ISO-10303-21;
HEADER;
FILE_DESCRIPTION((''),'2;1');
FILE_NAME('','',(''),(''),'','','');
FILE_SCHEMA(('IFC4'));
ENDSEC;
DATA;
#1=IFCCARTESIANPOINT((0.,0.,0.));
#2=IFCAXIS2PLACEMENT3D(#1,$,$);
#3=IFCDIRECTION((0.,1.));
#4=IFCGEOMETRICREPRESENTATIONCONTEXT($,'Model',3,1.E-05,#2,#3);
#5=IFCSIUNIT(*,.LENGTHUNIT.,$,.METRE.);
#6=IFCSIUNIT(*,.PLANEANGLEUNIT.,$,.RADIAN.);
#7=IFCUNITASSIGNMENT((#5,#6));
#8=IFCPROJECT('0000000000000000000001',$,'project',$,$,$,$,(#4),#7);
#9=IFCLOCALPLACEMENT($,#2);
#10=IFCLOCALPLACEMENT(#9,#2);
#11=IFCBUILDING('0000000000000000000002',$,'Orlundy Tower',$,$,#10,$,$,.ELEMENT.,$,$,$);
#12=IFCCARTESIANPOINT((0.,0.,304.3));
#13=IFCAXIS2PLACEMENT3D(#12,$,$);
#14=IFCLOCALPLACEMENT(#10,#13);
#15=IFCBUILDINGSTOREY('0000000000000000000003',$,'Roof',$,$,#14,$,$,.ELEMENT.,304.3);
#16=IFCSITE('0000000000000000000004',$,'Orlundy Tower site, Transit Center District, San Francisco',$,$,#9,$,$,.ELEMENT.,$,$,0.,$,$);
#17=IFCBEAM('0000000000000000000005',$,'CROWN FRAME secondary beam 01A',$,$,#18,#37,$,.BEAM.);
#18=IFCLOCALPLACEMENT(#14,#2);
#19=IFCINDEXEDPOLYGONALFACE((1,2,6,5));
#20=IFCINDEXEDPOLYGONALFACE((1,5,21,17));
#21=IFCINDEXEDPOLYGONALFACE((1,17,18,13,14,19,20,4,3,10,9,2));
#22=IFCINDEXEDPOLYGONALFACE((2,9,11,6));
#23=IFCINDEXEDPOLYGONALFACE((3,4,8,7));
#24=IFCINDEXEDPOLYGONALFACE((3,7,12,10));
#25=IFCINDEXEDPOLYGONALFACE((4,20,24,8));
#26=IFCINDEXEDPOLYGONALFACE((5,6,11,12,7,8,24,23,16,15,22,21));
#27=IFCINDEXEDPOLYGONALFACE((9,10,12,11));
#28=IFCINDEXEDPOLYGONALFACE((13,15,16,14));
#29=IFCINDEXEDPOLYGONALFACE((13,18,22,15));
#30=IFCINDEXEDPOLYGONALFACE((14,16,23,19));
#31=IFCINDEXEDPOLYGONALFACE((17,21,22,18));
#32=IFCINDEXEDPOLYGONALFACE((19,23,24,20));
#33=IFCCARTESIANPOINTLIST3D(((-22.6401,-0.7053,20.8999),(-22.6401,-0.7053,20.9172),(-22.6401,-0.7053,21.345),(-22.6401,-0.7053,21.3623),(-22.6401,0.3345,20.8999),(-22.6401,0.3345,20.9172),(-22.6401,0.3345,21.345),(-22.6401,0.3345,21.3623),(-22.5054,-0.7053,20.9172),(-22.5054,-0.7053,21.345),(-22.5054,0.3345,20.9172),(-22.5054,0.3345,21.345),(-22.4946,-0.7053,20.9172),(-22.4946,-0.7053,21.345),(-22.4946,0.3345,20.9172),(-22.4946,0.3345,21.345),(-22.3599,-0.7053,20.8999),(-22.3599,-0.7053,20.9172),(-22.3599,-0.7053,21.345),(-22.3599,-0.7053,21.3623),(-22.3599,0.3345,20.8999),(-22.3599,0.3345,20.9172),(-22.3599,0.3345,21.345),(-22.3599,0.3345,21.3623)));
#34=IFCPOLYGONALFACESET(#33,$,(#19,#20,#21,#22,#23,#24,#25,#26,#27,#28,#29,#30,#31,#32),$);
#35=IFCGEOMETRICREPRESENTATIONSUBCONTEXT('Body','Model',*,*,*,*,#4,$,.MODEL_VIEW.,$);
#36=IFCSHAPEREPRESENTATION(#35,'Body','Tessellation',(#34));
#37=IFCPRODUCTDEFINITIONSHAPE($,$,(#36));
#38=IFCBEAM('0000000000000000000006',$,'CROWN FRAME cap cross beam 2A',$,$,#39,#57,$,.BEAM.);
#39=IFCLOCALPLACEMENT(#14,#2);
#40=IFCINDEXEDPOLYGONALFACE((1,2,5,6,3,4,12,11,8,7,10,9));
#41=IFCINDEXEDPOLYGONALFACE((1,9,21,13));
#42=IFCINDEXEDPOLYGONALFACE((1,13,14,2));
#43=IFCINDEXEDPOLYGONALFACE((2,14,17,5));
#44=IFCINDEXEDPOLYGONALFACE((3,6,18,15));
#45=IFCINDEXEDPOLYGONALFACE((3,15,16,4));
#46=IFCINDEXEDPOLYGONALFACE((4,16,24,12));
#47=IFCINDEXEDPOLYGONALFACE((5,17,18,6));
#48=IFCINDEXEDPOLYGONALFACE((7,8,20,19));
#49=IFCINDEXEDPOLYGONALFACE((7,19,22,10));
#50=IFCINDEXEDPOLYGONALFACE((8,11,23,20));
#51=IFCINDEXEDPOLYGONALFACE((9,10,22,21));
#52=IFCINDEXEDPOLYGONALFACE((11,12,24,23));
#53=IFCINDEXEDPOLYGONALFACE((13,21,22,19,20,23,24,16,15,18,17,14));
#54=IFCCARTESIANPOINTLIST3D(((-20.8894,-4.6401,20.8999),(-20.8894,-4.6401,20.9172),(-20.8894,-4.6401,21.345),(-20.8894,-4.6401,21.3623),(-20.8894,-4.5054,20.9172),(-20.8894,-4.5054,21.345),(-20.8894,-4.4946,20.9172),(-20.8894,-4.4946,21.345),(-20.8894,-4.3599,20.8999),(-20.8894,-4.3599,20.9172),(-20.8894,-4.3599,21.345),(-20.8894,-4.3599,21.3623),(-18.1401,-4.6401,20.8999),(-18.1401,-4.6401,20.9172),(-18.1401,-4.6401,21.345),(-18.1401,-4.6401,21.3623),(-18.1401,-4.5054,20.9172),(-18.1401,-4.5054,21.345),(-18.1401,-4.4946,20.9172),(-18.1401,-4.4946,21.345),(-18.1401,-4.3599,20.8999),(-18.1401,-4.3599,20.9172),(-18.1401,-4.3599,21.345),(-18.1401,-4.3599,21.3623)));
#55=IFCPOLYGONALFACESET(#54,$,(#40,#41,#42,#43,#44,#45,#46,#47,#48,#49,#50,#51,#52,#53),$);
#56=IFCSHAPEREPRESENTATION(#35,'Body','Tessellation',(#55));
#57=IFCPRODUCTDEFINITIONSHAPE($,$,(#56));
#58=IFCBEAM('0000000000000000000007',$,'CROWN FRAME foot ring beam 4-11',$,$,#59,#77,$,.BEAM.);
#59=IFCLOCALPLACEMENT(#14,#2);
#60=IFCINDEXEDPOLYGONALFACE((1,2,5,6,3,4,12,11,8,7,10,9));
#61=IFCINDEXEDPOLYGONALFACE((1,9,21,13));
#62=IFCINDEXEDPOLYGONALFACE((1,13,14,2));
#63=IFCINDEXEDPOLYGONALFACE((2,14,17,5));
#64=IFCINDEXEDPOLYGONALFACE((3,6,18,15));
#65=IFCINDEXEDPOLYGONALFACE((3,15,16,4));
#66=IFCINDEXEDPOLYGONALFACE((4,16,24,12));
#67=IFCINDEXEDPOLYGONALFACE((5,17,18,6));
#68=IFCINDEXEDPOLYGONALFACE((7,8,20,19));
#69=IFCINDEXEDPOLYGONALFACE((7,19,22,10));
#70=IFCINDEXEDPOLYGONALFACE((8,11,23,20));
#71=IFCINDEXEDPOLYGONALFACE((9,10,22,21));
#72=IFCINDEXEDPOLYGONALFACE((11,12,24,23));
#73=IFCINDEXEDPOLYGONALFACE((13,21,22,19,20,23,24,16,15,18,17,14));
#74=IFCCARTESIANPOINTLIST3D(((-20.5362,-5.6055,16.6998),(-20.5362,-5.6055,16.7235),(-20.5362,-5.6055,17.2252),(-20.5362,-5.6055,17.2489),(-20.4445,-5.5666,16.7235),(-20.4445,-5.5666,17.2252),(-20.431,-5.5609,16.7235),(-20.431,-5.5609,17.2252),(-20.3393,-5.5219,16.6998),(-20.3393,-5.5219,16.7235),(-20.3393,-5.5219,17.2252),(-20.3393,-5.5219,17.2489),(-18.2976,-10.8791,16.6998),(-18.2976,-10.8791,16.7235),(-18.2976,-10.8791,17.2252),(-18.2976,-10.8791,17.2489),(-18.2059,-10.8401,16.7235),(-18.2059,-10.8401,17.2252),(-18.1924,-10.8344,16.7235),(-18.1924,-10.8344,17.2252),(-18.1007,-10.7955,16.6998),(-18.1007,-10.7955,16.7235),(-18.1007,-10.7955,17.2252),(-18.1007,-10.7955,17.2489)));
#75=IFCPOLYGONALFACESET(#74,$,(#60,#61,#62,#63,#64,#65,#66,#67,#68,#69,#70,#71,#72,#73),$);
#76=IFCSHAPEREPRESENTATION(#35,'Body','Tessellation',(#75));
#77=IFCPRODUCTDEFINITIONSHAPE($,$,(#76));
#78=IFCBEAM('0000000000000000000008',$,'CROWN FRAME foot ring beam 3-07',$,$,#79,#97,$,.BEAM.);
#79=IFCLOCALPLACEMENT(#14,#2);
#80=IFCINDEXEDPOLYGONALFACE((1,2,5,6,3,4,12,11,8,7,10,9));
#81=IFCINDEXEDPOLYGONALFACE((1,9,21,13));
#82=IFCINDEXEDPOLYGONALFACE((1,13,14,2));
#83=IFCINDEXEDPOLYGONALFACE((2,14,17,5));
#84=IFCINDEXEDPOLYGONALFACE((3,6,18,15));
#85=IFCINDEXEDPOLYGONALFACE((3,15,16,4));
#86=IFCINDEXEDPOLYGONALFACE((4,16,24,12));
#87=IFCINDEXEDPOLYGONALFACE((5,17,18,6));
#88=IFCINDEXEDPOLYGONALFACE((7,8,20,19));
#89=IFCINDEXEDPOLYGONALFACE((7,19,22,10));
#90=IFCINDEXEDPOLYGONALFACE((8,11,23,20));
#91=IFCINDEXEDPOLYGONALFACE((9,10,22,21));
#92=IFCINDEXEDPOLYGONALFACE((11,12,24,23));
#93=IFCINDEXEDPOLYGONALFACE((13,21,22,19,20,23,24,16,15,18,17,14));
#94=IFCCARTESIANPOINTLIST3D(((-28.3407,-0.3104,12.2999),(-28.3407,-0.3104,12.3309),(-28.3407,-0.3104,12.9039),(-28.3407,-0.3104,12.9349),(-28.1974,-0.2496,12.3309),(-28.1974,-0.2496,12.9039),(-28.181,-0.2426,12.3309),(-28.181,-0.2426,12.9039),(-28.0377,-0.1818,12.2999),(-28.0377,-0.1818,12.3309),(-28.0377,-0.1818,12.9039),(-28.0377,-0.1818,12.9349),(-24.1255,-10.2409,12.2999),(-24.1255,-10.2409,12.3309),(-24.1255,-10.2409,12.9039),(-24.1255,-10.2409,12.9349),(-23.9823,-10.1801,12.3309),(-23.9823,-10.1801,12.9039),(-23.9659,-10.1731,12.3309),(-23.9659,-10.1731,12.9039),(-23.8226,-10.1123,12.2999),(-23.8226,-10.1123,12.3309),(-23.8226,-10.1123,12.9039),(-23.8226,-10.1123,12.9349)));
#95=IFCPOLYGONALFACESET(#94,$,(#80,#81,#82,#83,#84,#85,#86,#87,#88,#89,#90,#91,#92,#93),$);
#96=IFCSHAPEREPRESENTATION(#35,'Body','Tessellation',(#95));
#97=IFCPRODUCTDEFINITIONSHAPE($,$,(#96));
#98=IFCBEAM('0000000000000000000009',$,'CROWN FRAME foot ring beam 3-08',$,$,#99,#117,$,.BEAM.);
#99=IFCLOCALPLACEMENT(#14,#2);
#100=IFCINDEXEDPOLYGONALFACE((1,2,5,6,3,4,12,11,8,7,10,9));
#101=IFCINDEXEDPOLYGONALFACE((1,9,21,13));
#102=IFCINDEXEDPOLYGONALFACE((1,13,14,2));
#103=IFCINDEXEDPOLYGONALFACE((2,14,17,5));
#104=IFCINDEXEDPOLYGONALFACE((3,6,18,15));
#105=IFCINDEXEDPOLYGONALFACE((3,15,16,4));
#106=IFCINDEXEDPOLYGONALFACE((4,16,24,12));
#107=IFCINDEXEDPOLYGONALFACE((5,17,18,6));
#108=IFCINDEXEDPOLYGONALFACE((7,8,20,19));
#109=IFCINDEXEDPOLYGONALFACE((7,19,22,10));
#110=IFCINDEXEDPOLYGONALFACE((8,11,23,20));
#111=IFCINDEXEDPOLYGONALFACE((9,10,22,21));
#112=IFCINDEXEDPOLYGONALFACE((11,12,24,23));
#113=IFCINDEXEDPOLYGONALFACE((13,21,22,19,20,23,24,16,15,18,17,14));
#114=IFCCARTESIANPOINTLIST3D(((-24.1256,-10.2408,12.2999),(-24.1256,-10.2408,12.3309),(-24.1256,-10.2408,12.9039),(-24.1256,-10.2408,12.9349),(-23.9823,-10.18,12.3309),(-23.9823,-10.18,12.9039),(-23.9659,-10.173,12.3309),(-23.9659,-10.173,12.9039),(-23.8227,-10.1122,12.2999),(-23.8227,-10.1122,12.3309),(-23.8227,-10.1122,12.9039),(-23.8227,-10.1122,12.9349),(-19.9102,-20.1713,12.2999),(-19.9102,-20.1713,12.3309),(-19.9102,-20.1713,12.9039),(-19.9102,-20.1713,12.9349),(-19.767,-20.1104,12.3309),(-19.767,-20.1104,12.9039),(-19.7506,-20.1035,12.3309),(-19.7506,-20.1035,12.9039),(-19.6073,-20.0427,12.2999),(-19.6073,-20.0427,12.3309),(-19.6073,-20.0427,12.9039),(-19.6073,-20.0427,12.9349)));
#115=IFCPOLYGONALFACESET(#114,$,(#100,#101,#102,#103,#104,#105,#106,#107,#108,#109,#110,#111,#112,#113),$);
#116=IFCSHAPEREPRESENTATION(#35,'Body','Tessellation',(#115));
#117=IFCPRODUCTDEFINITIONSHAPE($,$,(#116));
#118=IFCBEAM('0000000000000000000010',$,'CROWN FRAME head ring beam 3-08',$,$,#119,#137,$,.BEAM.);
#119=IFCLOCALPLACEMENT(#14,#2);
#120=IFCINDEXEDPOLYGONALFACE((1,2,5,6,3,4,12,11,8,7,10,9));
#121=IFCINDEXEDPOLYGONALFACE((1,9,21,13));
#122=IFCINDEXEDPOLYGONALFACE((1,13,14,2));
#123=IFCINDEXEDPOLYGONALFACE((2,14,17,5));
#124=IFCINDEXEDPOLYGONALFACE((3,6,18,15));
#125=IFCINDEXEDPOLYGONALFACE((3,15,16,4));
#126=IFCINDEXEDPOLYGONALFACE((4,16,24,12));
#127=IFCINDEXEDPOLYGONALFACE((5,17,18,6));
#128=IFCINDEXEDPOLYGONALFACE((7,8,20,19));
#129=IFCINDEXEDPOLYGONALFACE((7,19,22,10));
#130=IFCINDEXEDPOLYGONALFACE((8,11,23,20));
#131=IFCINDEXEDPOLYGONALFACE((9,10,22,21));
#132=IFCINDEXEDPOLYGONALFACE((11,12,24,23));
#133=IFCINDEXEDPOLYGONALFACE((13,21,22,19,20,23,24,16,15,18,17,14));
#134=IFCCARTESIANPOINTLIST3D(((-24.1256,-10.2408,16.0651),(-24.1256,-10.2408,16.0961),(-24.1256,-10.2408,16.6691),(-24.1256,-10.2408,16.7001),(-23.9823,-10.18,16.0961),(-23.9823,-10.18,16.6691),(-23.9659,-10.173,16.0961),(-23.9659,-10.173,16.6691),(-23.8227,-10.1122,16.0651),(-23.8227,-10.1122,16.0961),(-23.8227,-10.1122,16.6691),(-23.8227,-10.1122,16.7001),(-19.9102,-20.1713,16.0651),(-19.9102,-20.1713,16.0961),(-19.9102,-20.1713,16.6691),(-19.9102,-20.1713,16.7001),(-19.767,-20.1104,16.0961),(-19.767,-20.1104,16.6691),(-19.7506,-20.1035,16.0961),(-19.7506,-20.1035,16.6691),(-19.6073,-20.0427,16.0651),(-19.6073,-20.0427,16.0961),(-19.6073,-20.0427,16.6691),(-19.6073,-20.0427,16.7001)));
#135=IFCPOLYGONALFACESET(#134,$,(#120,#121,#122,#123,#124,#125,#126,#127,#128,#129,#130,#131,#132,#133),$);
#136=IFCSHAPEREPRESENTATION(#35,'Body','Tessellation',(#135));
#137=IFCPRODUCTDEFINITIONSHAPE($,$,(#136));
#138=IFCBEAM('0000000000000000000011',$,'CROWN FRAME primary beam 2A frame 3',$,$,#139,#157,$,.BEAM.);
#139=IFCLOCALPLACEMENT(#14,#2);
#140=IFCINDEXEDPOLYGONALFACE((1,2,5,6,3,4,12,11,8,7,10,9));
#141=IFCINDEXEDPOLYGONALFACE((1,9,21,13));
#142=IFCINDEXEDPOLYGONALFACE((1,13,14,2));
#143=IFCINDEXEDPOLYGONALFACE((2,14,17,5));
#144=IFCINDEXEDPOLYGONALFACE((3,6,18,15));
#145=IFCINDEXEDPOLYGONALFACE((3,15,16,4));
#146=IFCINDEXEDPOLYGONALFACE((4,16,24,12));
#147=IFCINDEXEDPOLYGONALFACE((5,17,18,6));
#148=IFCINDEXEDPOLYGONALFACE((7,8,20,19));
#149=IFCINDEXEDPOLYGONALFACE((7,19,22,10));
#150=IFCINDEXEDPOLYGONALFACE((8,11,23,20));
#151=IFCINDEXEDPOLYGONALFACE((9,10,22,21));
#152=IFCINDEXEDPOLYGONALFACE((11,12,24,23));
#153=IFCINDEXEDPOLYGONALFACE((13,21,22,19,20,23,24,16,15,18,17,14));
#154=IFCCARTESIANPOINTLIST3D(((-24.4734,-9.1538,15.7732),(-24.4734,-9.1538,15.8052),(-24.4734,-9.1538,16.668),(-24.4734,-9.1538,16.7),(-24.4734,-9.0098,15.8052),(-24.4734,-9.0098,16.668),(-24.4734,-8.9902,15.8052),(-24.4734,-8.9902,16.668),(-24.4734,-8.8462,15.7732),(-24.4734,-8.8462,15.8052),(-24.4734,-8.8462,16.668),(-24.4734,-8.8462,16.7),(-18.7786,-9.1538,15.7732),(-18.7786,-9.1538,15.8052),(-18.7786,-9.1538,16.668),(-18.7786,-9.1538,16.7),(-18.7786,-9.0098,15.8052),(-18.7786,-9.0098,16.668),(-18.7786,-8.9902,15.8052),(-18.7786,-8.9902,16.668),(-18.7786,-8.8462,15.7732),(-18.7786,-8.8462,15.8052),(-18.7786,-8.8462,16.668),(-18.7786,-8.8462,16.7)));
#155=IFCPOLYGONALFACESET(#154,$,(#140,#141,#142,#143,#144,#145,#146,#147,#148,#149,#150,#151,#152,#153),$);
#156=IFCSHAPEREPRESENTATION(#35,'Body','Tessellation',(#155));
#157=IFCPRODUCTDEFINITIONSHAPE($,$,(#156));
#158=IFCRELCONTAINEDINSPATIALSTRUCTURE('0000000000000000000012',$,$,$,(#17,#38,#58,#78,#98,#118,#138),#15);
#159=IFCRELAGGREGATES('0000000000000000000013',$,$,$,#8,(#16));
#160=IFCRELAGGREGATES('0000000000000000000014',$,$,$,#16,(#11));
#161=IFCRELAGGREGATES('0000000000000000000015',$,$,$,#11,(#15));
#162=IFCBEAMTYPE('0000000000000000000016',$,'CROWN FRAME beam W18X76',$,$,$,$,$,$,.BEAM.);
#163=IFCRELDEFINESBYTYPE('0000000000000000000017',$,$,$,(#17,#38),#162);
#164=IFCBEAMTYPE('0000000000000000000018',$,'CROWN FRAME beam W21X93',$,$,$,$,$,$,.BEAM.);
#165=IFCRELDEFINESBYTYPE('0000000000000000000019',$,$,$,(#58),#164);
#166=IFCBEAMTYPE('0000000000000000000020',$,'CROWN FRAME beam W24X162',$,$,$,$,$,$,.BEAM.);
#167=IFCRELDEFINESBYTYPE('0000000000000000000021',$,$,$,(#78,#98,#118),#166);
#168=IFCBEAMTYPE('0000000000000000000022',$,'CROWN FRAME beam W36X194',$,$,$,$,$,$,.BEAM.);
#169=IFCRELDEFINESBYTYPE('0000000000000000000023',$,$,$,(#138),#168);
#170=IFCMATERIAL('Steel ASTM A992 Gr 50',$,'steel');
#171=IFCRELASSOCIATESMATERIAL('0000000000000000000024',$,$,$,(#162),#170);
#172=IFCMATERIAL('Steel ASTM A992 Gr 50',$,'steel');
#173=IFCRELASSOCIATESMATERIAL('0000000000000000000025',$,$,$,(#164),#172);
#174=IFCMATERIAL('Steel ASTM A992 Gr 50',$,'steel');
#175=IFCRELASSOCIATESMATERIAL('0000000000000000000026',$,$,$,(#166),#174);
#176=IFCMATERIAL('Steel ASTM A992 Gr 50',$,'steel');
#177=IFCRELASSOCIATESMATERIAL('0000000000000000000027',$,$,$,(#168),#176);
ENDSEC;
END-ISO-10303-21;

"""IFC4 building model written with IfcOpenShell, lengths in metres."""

from ifc_helpers import new_model, si_unit, direction, frame, origin, origin_2d, place, context, subcontext, project, spatial, i_section, extrude, material, material_profile, profile_set, type_object, element, save


model = new_model("IFC4")

# Units and contexts
model_context = context("Model", 3, precision=1e-05, world=origin(), true_north=direction((0.0, 1.0)))
body_context = subcontext(model_context, "Body", "Model", "MODEL_VIEW")
ifc_project = project(units=[si_unit("LENGTHUNIT", "METRE"), si_unit("PLANEANGLEUNIT", "RADIAN")], contexts=[model_context])

# Site, building, storey
site_placement = place(None, origin())
site = spatial("IfcSite", under=ifc_project, at=site_placement, Name="Orlundy Tower site, Transit Center District, San Francisco", CompositionType="ELEMENT", RefElevation=0.0)
building_placement = place(site_placement, origin())
building = spatial("IfcBuilding", under=site, at=building_placement, Name="Orlundy Tower", CompositionType="ELEMENT")
storey_placement = place(building_placement, frame((0.0, 0.0, 304.3)))
storey = spatial("IfcBuildingStorey", under=building, at=storey_placement, Name="Roof", CompositionType="ELEMENT", Elevation=304.3)

# Beams
ifc_material_1 = material(Name="Steel ASTM A992 Gr 50", Category="steel")
ifc_material_profile_1 = material_profile(ifc_material_1, i_section(OverallWidth=0.2803, OverallDepth=0.4624, WebThickness=0.0107, FlangeThickness=0.0173, at=origin_2d()), Name="W18X76")
ifc_profile_set_1 = profile_set([ifc_material_profile_1], Name="Steel ASTM A992 Gr 50")
beam_type_1 = type_object("IfcBeamType", Name="CROWN FRAME beam W18X76", PredefinedType="BEAM", material=ifc_profile_set_1)
beam_1_placement = place(storey_placement, frame((-22.5, -0.7053, 21.1311), z_axis=(0.0, 1.0, 0.0), x_axis=(-1.0, 0.0, 0.0)))
element("IfcBeam", 1, at=beam_1_placement, inside=storey, type_object=beam_type_1, Name="CROWN FRAME secondary beam 01A", PredefinedType="BEAM", context=body_context, shape_type="SweptSolid", body=[
    extrude(i_section(OverallWidth=0.2803, OverallDepth=0.4624, WebThickness=0.0107, FlangeThickness=0.0173, at=origin_2d()), origin(), (0.0, 0.0, 1.0), 1.0398),
])
beam_2_placement = place(storey_placement, frame((-20.8894, -4.5, 21.1311), z_axis=(1.0, 0.0, 0.0), x_axis=(0.0, 1.0, 0.0)))
element("IfcBeam", 2, at=beam_2_placement, inside=storey, type_object=beam_type_1, Name="CROWN FRAME cap cross beam 2A", PredefinedType="BEAM", context=body_context, shape_type="SweptSolid", body=[
    extrude(i_section(OverallWidth=0.2803, OverallDepth=0.4624, WebThickness=0.0107, FlangeThickness=0.0173, at=origin_2d()), origin(), (0.0, 0.0, 1.0), 2.7493),
])
ifc_material_2 = material(Name="Steel ASTM A992 Gr 50", Category="steel")
ifc_material_profile_2 = material_profile(ifc_material_2, i_section(OverallWidth=0.2139, OverallDepth=0.5491, WebThickness=0.0146, FlangeThickness=0.0237, at=origin_2d()), Name="W21X93")
ifc_profile_set_2 = profile_set([ifc_material_profile_2], Name="Steel ASTM A992 Gr 50")
beam_type_2 = type_object("IfcBeamType", Name="CROWN FRAME beam W21X93", PredefinedType="BEAM", material=ifc_profile_set_2)
beam_3_placement = place(storey_placement, frame((-20.4377, -5.5637, 16.9744), z_axis=(0.390744, -0.9205, 0.0), x_axis=(0.9205, 0.390744, 0.0)))
element("IfcBeam", 3, at=beam_3_placement, inside=storey, type_object=beam_type_2, Name="CROWN FRAME foot ring beam 4-11", PredefinedType="BEAM", context=body_context, shape_type="SweptSolid", body=[
    extrude(i_section(OverallWidth=0.2139, OverallDepth=0.5491, WebThickness=0.0146, FlangeThickness=0.0237, at=origin_2d()), origin(), (0.0, 0.0, 1.0), 5.729),
])
ifc_material_3 = material(Name="Steel ASTM A992 Gr 50", Category="steel")
ifc_material_profile_3 = material_profile(ifc_material_3, i_section(OverallWidth=0.3291, OverallDepth=0.635, WebThickness=0.0178, FlangeThickness=0.031, at=origin_2d()), Name="W24X162")
ifc_profile_set_3 = profile_set([ifc_material_profile_3], Name="Steel ASTM A992 Gr 50")
beam_type_3 = type_object("IfcBeamType", Name="CROWN FRAME beam W24X162", PredefinedType="BEAM", material=ifc_profile_set_3)
for number, where, z_axis, x_axis, name in (
    (4, (-28.1892, -0.2461, 12.6174), (0.390721, -0.920509, 0.0), (0.920509, 0.390721, 0.0), "CROWN FRAME foot ring beam 3-07"),
    (5, (-23.9741, -10.1765, 12.6174), (0.39074, -0.920501, 0.0), (0.920501, 0.39074, 0.0), "CROWN FRAME foot ring beam 3-08"),
    (6, (-23.9741, -10.1765, 16.3826), (0.39074, -0.920501, 0.0), (0.920501, 0.39074, 0.0), "CROWN FRAME head ring beam 3-08"),
):
    element("IfcBeam", number, at=place(storey_placement, frame(where, z_axis=z_axis, x_axis=x_axis)), inside=storey, type_object=beam_type_3, Name=name, PredefinedType="BEAM", context=body_context, shape_type="SweptSolid", body=[
        extrude(i_section(OverallWidth=0.3291, OverallDepth=0.635, WebThickness=0.0178, FlangeThickness=0.031, at=origin_2d()), origin(), (0.0, 0.0, 1.0), 10.7881),
    ])
ifc_material_4 = material(Name="Steel ASTM A992 Gr 50", Category="steel")
ifc_material_profile_4 = material_profile(ifc_material_4, i_section(OverallWidth=0.3076, OverallDepth=0.9268, WebThickness=0.0195, FlangeThickness=0.032, at=origin_2d()), Name="W36X194")
ifc_profile_set_4 = profile_set([ifc_material_profile_4], Name="Steel ASTM A992 Gr 50")
beam_type_4 = type_object("IfcBeamType", Name="CROWN FRAME beam W36X194", PredefinedType="BEAM", material=ifc_profile_set_4)
beam_4_placement = place(storey_placement, frame((-24.4734, -9.0, 16.2366), z_axis=(1.0, 0.0, 0.0), x_axis=(0.0, 1.0, 0.0)))
element("IfcBeam", 7, at=beam_4_placement, inside=storey, type_object=beam_type_4, Name="CROWN FRAME primary beam 2A frame 3", PredefinedType="BEAM", context=body_context, shape_type="SweptSolid", body=[
    extrude(i_section(OverallWidth=0.3076, OverallDepth=0.9268, WebThickness=0.0195, FlangeThickness=0.032, at=origin_2d()), origin(), (0.0, 0.0, 1.0), 5.6948),
])

save(model, "model.ifc")
